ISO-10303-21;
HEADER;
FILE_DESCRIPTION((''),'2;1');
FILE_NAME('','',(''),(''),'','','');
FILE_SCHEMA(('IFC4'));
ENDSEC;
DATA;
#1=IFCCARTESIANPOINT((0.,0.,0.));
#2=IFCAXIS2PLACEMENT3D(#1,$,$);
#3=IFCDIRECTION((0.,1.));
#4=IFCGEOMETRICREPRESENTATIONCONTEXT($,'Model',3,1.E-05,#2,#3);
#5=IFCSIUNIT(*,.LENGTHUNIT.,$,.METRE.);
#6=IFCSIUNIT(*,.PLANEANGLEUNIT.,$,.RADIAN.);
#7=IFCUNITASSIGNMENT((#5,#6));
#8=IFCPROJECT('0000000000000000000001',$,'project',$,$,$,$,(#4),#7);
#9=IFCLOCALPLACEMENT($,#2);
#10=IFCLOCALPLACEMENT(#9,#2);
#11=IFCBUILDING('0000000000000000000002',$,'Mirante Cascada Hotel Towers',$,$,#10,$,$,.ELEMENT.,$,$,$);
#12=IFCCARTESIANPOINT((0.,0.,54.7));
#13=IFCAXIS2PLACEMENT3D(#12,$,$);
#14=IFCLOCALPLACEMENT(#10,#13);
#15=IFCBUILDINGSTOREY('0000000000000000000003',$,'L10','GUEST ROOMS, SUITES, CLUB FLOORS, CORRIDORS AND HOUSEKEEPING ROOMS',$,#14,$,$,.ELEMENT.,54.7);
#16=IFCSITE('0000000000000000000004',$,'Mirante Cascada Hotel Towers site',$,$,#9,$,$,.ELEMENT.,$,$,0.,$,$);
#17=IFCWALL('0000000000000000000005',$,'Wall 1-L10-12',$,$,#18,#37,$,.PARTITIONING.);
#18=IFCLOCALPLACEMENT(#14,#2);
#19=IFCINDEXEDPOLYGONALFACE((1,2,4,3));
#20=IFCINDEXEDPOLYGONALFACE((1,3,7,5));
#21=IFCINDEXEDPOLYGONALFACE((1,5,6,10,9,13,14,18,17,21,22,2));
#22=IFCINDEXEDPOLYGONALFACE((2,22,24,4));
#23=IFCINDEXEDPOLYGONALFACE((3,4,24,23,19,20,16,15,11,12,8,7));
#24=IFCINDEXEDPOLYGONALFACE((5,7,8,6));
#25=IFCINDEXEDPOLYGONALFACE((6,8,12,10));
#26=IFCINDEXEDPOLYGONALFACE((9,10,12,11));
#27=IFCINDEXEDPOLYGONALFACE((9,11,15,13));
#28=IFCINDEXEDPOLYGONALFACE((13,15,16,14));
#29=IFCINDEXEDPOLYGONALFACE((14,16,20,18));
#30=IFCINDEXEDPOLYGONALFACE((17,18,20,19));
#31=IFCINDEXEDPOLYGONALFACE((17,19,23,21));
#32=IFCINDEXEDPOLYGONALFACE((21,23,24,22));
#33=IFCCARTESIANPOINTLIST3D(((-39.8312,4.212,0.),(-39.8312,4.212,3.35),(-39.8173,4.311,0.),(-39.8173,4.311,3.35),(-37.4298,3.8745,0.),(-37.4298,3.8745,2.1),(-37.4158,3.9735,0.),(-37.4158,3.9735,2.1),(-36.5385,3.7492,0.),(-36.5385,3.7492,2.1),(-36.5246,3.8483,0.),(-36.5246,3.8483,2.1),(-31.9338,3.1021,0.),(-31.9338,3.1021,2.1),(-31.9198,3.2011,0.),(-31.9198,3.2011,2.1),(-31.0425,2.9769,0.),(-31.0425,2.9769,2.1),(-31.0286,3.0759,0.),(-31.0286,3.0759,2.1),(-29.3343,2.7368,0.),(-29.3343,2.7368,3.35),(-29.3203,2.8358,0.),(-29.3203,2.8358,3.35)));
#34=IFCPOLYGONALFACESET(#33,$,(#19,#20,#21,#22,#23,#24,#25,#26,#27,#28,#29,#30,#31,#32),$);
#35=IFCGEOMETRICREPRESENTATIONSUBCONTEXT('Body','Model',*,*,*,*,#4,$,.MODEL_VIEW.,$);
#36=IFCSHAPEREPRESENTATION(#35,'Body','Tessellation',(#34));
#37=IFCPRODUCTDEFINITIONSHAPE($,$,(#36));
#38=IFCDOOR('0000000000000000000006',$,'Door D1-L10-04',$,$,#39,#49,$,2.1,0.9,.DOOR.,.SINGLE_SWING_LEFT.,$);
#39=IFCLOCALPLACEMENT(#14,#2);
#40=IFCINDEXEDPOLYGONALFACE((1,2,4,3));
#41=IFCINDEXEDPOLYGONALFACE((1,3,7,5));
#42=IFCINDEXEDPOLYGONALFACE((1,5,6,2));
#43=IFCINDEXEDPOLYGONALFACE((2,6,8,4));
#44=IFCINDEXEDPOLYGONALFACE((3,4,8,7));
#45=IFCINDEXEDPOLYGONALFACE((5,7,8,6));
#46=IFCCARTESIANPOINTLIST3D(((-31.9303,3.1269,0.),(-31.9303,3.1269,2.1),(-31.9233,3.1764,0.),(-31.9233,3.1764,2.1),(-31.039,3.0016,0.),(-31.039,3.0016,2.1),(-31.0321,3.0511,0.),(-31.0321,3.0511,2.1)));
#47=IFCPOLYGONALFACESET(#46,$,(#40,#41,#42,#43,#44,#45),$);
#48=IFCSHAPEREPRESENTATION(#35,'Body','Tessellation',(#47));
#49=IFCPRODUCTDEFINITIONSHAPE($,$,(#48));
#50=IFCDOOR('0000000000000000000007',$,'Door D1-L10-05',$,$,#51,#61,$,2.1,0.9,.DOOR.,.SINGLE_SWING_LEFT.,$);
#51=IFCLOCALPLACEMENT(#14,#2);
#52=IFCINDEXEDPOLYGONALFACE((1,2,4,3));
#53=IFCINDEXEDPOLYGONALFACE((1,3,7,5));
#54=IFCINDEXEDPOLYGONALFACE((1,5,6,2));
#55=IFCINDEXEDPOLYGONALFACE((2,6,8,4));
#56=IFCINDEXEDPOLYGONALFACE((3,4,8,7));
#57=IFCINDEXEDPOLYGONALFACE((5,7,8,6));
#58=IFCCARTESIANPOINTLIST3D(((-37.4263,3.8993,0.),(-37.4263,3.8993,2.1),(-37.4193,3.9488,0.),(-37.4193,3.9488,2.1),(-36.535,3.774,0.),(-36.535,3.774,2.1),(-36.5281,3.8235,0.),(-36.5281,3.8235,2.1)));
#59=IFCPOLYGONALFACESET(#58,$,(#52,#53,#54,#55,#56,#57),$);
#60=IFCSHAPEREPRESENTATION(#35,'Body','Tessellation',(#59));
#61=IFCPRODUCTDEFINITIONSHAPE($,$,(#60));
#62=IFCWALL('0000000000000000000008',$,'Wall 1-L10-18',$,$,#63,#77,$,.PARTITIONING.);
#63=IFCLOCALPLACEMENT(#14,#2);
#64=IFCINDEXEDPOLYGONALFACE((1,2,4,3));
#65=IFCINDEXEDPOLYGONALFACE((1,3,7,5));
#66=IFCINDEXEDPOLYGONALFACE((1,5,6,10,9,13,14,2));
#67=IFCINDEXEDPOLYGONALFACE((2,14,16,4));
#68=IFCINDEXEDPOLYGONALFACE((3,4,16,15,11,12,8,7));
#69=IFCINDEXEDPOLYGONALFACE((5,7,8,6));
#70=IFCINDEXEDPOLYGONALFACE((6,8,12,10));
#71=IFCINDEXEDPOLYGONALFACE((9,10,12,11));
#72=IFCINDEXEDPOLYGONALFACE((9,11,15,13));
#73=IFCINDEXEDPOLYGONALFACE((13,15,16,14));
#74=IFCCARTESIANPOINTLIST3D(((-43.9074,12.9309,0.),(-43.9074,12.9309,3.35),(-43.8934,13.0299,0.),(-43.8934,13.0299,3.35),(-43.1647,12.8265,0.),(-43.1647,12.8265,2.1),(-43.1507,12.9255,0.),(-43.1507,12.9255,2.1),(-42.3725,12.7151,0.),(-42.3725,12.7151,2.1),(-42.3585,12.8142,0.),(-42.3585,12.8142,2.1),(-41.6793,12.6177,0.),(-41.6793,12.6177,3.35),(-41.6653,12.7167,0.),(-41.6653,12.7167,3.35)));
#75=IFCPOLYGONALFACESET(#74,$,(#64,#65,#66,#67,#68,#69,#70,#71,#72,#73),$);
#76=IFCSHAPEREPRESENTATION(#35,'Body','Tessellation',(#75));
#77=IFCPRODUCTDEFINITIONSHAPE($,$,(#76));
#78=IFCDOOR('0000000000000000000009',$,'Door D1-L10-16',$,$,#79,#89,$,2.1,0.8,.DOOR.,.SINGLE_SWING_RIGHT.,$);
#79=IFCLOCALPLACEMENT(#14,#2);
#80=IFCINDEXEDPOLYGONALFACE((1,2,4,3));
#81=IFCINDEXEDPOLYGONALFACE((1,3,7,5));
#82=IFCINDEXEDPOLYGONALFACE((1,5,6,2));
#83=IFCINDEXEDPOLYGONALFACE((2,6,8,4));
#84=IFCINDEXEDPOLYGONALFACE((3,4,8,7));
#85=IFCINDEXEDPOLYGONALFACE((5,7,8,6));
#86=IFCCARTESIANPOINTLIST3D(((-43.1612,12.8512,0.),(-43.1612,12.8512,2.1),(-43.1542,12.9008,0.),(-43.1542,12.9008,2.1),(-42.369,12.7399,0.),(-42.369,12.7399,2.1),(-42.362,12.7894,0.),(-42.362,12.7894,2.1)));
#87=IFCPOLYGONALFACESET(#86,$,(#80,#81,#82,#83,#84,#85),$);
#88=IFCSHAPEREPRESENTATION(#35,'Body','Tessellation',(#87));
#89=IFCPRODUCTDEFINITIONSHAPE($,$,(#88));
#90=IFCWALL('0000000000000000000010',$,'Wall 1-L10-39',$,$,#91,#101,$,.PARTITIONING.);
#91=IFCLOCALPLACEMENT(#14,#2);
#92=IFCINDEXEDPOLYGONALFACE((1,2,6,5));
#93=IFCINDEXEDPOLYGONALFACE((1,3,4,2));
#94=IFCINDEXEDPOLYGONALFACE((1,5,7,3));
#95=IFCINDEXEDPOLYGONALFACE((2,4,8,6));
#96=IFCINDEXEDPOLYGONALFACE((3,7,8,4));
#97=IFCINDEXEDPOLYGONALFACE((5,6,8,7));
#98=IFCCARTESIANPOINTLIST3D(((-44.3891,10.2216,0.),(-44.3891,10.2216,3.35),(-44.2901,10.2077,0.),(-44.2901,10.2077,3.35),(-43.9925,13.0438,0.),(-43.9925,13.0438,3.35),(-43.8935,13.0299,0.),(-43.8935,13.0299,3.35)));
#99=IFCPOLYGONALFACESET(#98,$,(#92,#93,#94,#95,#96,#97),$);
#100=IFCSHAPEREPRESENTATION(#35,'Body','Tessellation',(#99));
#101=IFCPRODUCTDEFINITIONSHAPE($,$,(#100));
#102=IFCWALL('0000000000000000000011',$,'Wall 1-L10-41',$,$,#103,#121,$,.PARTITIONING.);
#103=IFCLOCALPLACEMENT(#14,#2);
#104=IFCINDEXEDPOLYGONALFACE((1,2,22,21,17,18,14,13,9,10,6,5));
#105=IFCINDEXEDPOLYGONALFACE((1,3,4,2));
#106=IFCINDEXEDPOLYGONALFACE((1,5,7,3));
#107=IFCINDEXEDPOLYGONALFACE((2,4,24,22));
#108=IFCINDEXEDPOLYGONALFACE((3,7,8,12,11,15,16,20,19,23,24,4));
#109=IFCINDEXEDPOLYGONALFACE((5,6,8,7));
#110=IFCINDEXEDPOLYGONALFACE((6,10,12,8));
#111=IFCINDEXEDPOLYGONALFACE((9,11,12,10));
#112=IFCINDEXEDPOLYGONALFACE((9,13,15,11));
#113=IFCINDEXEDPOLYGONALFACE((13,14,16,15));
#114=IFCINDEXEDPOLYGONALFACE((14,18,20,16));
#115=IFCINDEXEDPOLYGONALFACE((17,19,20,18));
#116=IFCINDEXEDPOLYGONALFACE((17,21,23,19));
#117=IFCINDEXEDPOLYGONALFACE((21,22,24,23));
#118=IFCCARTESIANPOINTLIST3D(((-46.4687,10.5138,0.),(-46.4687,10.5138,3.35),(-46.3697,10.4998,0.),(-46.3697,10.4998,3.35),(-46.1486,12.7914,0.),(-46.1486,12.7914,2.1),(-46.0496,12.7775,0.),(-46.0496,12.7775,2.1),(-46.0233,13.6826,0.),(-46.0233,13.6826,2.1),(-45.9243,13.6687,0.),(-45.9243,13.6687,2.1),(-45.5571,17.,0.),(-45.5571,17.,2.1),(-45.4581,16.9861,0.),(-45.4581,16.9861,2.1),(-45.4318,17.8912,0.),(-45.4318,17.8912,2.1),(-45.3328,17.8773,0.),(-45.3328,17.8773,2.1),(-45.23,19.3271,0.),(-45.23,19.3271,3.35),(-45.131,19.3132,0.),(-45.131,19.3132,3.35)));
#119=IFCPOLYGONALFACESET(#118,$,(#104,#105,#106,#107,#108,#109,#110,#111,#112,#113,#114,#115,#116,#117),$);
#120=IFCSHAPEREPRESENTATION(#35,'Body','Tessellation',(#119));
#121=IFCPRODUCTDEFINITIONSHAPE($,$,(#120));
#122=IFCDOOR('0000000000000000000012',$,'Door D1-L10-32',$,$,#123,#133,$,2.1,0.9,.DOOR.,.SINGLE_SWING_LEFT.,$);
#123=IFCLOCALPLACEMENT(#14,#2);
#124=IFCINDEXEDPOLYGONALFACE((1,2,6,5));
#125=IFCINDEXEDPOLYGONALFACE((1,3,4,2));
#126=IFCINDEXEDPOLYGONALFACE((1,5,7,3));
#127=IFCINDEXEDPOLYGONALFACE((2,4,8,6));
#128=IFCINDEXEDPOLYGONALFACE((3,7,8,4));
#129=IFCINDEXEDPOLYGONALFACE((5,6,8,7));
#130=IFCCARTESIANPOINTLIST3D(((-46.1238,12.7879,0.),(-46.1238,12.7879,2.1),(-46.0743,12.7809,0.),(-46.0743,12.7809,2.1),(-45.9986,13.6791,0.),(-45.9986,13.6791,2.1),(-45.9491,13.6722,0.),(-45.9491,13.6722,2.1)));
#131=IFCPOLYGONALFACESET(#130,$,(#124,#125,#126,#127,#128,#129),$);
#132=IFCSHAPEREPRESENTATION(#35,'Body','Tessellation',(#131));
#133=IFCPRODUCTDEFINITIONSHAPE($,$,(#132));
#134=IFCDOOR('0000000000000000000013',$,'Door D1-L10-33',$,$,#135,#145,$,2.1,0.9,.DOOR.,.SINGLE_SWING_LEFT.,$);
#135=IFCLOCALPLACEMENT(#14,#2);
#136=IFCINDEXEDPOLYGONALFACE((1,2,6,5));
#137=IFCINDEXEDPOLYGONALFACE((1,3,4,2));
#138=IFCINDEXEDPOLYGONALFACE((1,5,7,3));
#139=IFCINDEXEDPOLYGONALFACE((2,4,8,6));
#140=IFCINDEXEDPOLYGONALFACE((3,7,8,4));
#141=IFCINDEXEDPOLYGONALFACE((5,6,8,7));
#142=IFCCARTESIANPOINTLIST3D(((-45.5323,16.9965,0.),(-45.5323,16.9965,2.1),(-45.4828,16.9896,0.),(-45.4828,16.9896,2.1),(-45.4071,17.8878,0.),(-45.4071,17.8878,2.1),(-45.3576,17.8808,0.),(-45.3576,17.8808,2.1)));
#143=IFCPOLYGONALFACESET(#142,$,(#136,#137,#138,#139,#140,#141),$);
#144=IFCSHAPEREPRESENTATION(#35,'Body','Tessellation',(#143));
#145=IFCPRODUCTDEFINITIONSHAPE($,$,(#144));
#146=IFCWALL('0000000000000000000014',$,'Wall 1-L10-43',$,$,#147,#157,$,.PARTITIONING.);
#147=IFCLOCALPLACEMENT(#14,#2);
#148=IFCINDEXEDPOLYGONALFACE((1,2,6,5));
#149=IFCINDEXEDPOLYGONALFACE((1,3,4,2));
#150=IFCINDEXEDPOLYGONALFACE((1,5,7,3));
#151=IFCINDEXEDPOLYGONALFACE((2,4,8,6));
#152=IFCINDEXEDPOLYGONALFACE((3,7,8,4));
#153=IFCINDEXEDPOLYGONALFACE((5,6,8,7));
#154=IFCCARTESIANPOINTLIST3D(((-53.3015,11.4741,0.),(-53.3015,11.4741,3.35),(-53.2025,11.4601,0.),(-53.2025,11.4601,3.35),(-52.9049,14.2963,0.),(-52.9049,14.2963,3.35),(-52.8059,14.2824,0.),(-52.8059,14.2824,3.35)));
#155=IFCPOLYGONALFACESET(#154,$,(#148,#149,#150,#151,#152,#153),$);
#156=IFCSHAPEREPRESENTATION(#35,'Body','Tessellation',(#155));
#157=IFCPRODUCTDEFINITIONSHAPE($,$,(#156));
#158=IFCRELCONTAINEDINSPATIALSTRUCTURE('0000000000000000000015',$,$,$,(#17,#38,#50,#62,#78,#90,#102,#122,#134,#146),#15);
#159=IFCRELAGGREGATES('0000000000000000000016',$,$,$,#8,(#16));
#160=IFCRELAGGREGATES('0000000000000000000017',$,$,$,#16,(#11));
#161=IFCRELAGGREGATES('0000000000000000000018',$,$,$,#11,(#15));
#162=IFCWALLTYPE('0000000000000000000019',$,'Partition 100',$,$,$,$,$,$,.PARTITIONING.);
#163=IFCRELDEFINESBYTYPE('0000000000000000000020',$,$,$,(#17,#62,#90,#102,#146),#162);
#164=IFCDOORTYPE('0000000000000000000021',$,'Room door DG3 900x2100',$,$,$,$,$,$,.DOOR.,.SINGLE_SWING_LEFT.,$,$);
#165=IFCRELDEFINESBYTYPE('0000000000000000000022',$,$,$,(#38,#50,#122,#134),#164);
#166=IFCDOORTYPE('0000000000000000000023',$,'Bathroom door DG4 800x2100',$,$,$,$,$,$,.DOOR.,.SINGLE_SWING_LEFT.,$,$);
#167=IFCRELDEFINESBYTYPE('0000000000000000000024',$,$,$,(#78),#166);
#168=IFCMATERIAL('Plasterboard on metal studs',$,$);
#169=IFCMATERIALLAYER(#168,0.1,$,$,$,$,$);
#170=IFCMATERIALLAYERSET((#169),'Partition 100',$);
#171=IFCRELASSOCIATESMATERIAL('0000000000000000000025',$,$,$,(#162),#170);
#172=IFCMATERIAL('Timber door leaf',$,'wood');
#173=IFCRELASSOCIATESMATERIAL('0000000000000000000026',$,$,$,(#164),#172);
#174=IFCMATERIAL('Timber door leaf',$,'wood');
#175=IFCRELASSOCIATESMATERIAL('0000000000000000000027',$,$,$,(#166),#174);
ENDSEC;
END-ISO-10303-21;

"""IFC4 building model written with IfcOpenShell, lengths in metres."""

from ifc_helpers import new_model, si_unit, direction, frame, frame_2d, origin, place, context, subcontext, project, spatial, rectangle, extrude, material, layer, layer_set, type_object, element, fill, save


model = new_model("IFC4")

# Units and contexts
model_context = context("Model", 3, precision=1e-05, world=origin(), true_north=direction((0.0, 1.0)))
body_context = subcontext(model_context, "Body", "Model", "MODEL_VIEW")
ifc_project = project(units=[si_unit("LENGTHUNIT", "METRE"), si_unit("PLANEANGLEUNIT", "RADIAN")], contexts=[model_context])

# Site, building, storey
site_placement = place(None, origin())
site = spatial("IfcSite", under=ifc_project, at=site_placement, Name="Mirante Cascada Hotel Towers site", CompositionType="ELEMENT", RefElevation=0.0)
building_placement = place(site_placement, origin())
building = spatial("IfcBuilding", under=site, at=building_placement, Name="Mirante Cascada Hotel Towers", CompositionType="ELEMENT")
storey_placement = place(building_placement, frame((0.0, 0.0, 54.7)))
storey = spatial("IfcBuildingStorey", under=building, at=storey_placement, Name="L10", Description="GUEST ROOMS, SUITES, CLUB FLOORS, CORRIDORS AND HOUSEKEEPING ROOMS", CompositionType="ELEMENT", Elevation=54.7)

# Wall, openings, doors
ifc_material_1 = material(Name="Plasterboard on metal studs")
ifc_layer_1 = layer(ifc_material_1, 0.1)
ifc_layer_set_1 = layer_set([ifc_layer_1], Name="Partition 100")
wall_type_1 = type_object("IfcWallType", Name="Partition 100", PredefinedType="PARTITIONING", material=ifc_layer_set_1)
wall_1_placement = place(storey_placement, frame((-39.8242, 4.2615, 0.0), z_axis=(0.0, 0.0, 1.0), x_axis=(0.990269, -0.139169, 0.0)))
wall_1 = element("IfcWall", 1, at=wall_1_placement, inside=storey, type_object=wall_type_1, Name="Wall 1-L10-12", PredefinedType="PARTITIONING", context=body_context, shape_type="SweptSolid", body=[
    extrude(rectangle(XDim=10.6001, YDim=0.1, at=frame_2d((5.3, 0.0))), origin(), (0.0, 0.0, 1.0), 3.35),
])
opening_1_placement = place(wall_1_placement, frame((7.975, 0.0, 0.0)))
opening_1 = element("IfcOpeningElement", 2, at=opening_1_placement, cuts=wall_1, PredefinedType="OPENING", context=body_context, shape_type="SweptSolid", body=[
    extrude(rectangle(XDim=0.9, YDim=2.1, at=frame_2d((0.45, 1.05))), frame((0.0, 0.05, 0.0), z_axis=(0.0, -1.0, 0.0), x_axis=(1.0, 0.0, 0.0)), (0.0, 0.0, 1.0), 0.1),
])
opening_2_placement = place(wall_1_placement, frame((2.425, 0.0, 0.0)))
opening_2 = element("IfcOpeningElement", 3, at=opening_2_placement, cuts=wall_1, PredefinedType="OPENING", context=body_context, shape_type="SweptSolid", body=[
    extrude(rectangle(XDim=0.9, YDim=2.1, at=frame_2d((0.45, 1.05))), frame((0.0, 0.05, 0.0), z_axis=(0.0, -1.0, 0.0), x_axis=(1.0, 0.0, 0.0)), (0.0, 0.0, 1.0), 0.1),
])
ifc_material_2 = material(Name="Timber door leaf", Category="wood")
door_type_1 = type_object("IfcDoorType", Name="Room door DG3 900x2100", OperationType="SINGLE_SWING_LEFT", PredefinedType="DOOR", material=ifc_material_2)
door_1_placement = place(opening_1_placement, origin())
door_1 = element("IfcDoor", 4, at=door_1_placement, inside=storey, type_object=door_type_1, Name="Door D1-L10-04", OperationType="SINGLE_SWING_LEFT", OverallHeight=2.1, OverallWidth=0.9, PredefinedType="DOOR", context=body_context, shape_type="SweptSolid", body=[
    extrude(rectangle(XDim=0.9, YDim=2.1, at=frame_2d((0.45, 1.05))), frame((0.0, 0.025, 0.0), z_axis=(0.0, -1.0, 0.0), x_axis=(1.0, 0.0, 0.0)), (0.0, 0.0, 1.0), 0.05),
])
fill(opening_1, door_1)
door_2_placement = place(opening_2_placement, origin())
door_2 = element("IfcDoor", 5, at=door_2_placement, inside=storey, type_object=door_type_1, Name="Door D1-L10-05", OperationType="SINGLE_SWING_LEFT", OverallHeight=2.1, OverallWidth=0.9, PredefinedType="DOOR", context=body_context, shape_type="SweptSolid", body=[
    extrude(rectangle(XDim=0.9, YDim=2.1, at=frame_2d((0.45, 1.05))), frame((0.0, 0.025, 0.0), z_axis=(0.0, -1.0, 0.0), x_axis=(1.0, 0.0, 0.0)), (0.0, 0.0, 1.0), 0.05),
])
fill(opening_2, door_2)

# Wall, opening, door
wall_2_placement = place(storey_placement, frame((-43.9004, 12.9804, 0.0), z_axis=(0.0, 0.0, 1.0), x_axis=(0.990264, -0.1392, 0.0)))
wall_2 = element("IfcWall", 6, at=wall_2_placement, inside=storey, type_object=wall_type_1, Name="Wall 1-L10-18", PredefinedType="PARTITIONING", context=body_context, shape_type="SweptSolid", body=[
    extrude(rectangle(XDim=2.25, YDim=0.1, at=frame_2d((1.125, 0.0))), origin(), (0.0, 0.0, 1.0), 3.35),
])
opening_3_placement = place(wall_2_placement, frame((0.75, 0.0, 0.0)))
opening_3 = element("IfcOpeningElement", 7, at=opening_3_placement, cuts=wall_2, PredefinedType="OPENING", context=body_context, shape_type="SweptSolid", body=[
    extrude(rectangle(XDim=0.8, YDim=2.1, at=frame_2d((0.4, 1.05))), frame((0.0, 0.05, 0.0), z_axis=(0.0, -1.0, 0.0), x_axis=(1.0, 0.0, 0.0)), (0.0, 0.0, 1.0), 0.1),
])
ifc_material_3 = material(Name="Timber door leaf", Category="wood")
door_type_2 = type_object("IfcDoorType", Name="Bathroom door DG4 800x2100", OperationType="SINGLE_SWING_LEFT", PredefinedType="DOOR", material=ifc_material_3)
door_3_placement = place(opening_3_placement, frame((0.8, 0.0, 0.0), z_axis=(0.0, 0.0, 1.0), x_axis=(-1.0, 0.0, 0.0)))
door_3 = element("IfcDoor", 8, at=door_3_placement, inside=storey, type_object=door_type_2, Name="Door D1-L10-16", OperationType="SINGLE_SWING_RIGHT", OverallHeight=2.1, OverallWidth=0.8, PredefinedType="DOOR", context=body_context, shape_type="SweptSolid", body=[
    extrude(rectangle(XDim=0.8, YDim=2.1, at=frame_2d((0.4, 1.05))), frame((0.0, 0.025, 0.0), z_axis=(0.0, -1.0, 0.0), x_axis=(1.0, 0.0, 0.0)), (0.0, 0.0, 1.0), 0.05),
])
fill(opening_3, door_3)

# Wall
wall_3_placement = place(storey_placement, frame((-44.3396, 10.2146, 0.0), z_axis=(0.0, 0.0, 1.0), x_axis=(0.139161, 0.99027, 0.0)))
element("IfcWall", 9, at=wall_3_placement, inside=storey, type_object=wall_type_1, Name="Wall 1-L10-39", PredefinedType="PARTITIONING", context=body_context, shape_type="SweptSolid", body=[
    extrude(rectangle(XDim=2.8499, YDim=0.1, at=frame_2d((1.425, 0.0))), origin(), (0.0, 0.0, 1.0), 3.35),
])

# Wall, openings, doors
wall_4_placement = place(storey_placement, frame((-46.4192, 10.5068, 0.0), z_axis=(0.0, 0.0, 1.0), x_axis=(0.139179, 0.990267, 0.0)))
wall_4 = element("IfcWall", 10, at=wall_4_placement, inside=storey, type_object=wall_type_1, Name="Wall 1-L10-41", PredefinedType="PARTITIONING", context=body_context, shape_type="SweptSolid", body=[
    extrude(rectangle(XDim=8.9, YDim=0.1, at=frame_2d((4.45, 0.0))), origin(), (0.0, 0.0, 1.0), 3.35),
])
opening_4_placement = place(wall_4_placement, frame((2.3, 0.0, 0.0)))
opening_4 = element("IfcOpeningElement", 11, at=opening_4_placement, cuts=wall_4, PredefinedType="OPENING", context=body_context, shape_type="SweptSolid", body=[
    extrude(rectangle(XDim=0.9, YDim=2.1, at=frame_2d((0.45, 1.05))), frame((0.0, 0.05, 0.0), z_axis=(0.0, -1.0, 0.0), x_axis=(1.0, 0.0, 0.0)), (0.0, 0.0, 1.0), 0.1),
])
opening_5_placement = place(wall_4_placement, frame((6.55, 0.0, 0.0)))
opening_5 = element("IfcOpeningElement", 12, at=opening_5_placement, cuts=wall_4, PredefinedType="OPENING", context=body_context, shape_type="SweptSolid", body=[
    extrude(rectangle(XDim=0.9, YDim=2.1, at=frame_2d((0.45, 1.05))), frame((0.0, 0.05, 0.0), z_axis=(0.0, -1.0, 0.0), x_axis=(1.0, 0.0, 0.0)), (0.0, 0.0, 1.0), 0.1),
])
door_4_placement = place(opening_4_placement, origin())
door_4 = element("IfcDoor", 13, at=door_4_placement, inside=storey, type_object=door_type_1, Name="Door D1-L10-32", OperationType="SINGLE_SWING_LEFT", OverallHeight=2.1, OverallWidth=0.9, PredefinedType="DOOR", context=body_context, shape_type="SweptSolid", body=[
    extrude(rectangle(XDim=0.9, YDim=2.1, at=frame_2d((0.45, 1.05))), frame((0.0, 0.025, 0.0), z_axis=(0.0, -1.0, 0.0), x_axis=(1.0, 0.0, 0.0)), (0.0, 0.0, 1.0), 0.05),
])
fill(opening_4, door_4)
door_5_placement = place(opening_5_placement, origin())
door_5 = element("IfcDoor", 14, at=door_5_placement, inside=storey, type_object=door_type_1, Name="Door D1-L10-33", OperationType="SINGLE_SWING_LEFT", OverallHeight=2.1, OverallWidth=0.9, PredefinedType="DOOR", context=body_context, shape_type="SweptSolid", body=[
    extrude(rectangle(XDim=0.9, YDim=2.1, at=frame_2d((0.45, 1.05))), frame((0.0, 0.025, 0.0), z_axis=(0.0, -1.0, 0.0), x_axis=(1.0, 0.0, 0.0)), (0.0, 0.0, 1.0), 0.05),
])
fill(opening_5, door_5)

# Wall
wall_5_placement = place(storey_placement, frame((-53.252, 11.4671, 0.0), z_axis=(0.0, 0.0, 1.0), x_axis=(0.139156, 0.99027, 0.0)))
element("IfcWall", 15, at=wall_5_placement, inside=storey, type_object=wall_type_1, Name="Wall 1-L10-43", PredefinedType="PARTITIONING", context=body_context, shape_type="SweptSolid", body=[
    extrude(rectangle(XDim=2.85, YDim=0.1, at=frame_2d((1.425, 0.0))), origin(), (0.0, 0.0, 1.0), 3.35),
])

save(model, "model.ifc")
